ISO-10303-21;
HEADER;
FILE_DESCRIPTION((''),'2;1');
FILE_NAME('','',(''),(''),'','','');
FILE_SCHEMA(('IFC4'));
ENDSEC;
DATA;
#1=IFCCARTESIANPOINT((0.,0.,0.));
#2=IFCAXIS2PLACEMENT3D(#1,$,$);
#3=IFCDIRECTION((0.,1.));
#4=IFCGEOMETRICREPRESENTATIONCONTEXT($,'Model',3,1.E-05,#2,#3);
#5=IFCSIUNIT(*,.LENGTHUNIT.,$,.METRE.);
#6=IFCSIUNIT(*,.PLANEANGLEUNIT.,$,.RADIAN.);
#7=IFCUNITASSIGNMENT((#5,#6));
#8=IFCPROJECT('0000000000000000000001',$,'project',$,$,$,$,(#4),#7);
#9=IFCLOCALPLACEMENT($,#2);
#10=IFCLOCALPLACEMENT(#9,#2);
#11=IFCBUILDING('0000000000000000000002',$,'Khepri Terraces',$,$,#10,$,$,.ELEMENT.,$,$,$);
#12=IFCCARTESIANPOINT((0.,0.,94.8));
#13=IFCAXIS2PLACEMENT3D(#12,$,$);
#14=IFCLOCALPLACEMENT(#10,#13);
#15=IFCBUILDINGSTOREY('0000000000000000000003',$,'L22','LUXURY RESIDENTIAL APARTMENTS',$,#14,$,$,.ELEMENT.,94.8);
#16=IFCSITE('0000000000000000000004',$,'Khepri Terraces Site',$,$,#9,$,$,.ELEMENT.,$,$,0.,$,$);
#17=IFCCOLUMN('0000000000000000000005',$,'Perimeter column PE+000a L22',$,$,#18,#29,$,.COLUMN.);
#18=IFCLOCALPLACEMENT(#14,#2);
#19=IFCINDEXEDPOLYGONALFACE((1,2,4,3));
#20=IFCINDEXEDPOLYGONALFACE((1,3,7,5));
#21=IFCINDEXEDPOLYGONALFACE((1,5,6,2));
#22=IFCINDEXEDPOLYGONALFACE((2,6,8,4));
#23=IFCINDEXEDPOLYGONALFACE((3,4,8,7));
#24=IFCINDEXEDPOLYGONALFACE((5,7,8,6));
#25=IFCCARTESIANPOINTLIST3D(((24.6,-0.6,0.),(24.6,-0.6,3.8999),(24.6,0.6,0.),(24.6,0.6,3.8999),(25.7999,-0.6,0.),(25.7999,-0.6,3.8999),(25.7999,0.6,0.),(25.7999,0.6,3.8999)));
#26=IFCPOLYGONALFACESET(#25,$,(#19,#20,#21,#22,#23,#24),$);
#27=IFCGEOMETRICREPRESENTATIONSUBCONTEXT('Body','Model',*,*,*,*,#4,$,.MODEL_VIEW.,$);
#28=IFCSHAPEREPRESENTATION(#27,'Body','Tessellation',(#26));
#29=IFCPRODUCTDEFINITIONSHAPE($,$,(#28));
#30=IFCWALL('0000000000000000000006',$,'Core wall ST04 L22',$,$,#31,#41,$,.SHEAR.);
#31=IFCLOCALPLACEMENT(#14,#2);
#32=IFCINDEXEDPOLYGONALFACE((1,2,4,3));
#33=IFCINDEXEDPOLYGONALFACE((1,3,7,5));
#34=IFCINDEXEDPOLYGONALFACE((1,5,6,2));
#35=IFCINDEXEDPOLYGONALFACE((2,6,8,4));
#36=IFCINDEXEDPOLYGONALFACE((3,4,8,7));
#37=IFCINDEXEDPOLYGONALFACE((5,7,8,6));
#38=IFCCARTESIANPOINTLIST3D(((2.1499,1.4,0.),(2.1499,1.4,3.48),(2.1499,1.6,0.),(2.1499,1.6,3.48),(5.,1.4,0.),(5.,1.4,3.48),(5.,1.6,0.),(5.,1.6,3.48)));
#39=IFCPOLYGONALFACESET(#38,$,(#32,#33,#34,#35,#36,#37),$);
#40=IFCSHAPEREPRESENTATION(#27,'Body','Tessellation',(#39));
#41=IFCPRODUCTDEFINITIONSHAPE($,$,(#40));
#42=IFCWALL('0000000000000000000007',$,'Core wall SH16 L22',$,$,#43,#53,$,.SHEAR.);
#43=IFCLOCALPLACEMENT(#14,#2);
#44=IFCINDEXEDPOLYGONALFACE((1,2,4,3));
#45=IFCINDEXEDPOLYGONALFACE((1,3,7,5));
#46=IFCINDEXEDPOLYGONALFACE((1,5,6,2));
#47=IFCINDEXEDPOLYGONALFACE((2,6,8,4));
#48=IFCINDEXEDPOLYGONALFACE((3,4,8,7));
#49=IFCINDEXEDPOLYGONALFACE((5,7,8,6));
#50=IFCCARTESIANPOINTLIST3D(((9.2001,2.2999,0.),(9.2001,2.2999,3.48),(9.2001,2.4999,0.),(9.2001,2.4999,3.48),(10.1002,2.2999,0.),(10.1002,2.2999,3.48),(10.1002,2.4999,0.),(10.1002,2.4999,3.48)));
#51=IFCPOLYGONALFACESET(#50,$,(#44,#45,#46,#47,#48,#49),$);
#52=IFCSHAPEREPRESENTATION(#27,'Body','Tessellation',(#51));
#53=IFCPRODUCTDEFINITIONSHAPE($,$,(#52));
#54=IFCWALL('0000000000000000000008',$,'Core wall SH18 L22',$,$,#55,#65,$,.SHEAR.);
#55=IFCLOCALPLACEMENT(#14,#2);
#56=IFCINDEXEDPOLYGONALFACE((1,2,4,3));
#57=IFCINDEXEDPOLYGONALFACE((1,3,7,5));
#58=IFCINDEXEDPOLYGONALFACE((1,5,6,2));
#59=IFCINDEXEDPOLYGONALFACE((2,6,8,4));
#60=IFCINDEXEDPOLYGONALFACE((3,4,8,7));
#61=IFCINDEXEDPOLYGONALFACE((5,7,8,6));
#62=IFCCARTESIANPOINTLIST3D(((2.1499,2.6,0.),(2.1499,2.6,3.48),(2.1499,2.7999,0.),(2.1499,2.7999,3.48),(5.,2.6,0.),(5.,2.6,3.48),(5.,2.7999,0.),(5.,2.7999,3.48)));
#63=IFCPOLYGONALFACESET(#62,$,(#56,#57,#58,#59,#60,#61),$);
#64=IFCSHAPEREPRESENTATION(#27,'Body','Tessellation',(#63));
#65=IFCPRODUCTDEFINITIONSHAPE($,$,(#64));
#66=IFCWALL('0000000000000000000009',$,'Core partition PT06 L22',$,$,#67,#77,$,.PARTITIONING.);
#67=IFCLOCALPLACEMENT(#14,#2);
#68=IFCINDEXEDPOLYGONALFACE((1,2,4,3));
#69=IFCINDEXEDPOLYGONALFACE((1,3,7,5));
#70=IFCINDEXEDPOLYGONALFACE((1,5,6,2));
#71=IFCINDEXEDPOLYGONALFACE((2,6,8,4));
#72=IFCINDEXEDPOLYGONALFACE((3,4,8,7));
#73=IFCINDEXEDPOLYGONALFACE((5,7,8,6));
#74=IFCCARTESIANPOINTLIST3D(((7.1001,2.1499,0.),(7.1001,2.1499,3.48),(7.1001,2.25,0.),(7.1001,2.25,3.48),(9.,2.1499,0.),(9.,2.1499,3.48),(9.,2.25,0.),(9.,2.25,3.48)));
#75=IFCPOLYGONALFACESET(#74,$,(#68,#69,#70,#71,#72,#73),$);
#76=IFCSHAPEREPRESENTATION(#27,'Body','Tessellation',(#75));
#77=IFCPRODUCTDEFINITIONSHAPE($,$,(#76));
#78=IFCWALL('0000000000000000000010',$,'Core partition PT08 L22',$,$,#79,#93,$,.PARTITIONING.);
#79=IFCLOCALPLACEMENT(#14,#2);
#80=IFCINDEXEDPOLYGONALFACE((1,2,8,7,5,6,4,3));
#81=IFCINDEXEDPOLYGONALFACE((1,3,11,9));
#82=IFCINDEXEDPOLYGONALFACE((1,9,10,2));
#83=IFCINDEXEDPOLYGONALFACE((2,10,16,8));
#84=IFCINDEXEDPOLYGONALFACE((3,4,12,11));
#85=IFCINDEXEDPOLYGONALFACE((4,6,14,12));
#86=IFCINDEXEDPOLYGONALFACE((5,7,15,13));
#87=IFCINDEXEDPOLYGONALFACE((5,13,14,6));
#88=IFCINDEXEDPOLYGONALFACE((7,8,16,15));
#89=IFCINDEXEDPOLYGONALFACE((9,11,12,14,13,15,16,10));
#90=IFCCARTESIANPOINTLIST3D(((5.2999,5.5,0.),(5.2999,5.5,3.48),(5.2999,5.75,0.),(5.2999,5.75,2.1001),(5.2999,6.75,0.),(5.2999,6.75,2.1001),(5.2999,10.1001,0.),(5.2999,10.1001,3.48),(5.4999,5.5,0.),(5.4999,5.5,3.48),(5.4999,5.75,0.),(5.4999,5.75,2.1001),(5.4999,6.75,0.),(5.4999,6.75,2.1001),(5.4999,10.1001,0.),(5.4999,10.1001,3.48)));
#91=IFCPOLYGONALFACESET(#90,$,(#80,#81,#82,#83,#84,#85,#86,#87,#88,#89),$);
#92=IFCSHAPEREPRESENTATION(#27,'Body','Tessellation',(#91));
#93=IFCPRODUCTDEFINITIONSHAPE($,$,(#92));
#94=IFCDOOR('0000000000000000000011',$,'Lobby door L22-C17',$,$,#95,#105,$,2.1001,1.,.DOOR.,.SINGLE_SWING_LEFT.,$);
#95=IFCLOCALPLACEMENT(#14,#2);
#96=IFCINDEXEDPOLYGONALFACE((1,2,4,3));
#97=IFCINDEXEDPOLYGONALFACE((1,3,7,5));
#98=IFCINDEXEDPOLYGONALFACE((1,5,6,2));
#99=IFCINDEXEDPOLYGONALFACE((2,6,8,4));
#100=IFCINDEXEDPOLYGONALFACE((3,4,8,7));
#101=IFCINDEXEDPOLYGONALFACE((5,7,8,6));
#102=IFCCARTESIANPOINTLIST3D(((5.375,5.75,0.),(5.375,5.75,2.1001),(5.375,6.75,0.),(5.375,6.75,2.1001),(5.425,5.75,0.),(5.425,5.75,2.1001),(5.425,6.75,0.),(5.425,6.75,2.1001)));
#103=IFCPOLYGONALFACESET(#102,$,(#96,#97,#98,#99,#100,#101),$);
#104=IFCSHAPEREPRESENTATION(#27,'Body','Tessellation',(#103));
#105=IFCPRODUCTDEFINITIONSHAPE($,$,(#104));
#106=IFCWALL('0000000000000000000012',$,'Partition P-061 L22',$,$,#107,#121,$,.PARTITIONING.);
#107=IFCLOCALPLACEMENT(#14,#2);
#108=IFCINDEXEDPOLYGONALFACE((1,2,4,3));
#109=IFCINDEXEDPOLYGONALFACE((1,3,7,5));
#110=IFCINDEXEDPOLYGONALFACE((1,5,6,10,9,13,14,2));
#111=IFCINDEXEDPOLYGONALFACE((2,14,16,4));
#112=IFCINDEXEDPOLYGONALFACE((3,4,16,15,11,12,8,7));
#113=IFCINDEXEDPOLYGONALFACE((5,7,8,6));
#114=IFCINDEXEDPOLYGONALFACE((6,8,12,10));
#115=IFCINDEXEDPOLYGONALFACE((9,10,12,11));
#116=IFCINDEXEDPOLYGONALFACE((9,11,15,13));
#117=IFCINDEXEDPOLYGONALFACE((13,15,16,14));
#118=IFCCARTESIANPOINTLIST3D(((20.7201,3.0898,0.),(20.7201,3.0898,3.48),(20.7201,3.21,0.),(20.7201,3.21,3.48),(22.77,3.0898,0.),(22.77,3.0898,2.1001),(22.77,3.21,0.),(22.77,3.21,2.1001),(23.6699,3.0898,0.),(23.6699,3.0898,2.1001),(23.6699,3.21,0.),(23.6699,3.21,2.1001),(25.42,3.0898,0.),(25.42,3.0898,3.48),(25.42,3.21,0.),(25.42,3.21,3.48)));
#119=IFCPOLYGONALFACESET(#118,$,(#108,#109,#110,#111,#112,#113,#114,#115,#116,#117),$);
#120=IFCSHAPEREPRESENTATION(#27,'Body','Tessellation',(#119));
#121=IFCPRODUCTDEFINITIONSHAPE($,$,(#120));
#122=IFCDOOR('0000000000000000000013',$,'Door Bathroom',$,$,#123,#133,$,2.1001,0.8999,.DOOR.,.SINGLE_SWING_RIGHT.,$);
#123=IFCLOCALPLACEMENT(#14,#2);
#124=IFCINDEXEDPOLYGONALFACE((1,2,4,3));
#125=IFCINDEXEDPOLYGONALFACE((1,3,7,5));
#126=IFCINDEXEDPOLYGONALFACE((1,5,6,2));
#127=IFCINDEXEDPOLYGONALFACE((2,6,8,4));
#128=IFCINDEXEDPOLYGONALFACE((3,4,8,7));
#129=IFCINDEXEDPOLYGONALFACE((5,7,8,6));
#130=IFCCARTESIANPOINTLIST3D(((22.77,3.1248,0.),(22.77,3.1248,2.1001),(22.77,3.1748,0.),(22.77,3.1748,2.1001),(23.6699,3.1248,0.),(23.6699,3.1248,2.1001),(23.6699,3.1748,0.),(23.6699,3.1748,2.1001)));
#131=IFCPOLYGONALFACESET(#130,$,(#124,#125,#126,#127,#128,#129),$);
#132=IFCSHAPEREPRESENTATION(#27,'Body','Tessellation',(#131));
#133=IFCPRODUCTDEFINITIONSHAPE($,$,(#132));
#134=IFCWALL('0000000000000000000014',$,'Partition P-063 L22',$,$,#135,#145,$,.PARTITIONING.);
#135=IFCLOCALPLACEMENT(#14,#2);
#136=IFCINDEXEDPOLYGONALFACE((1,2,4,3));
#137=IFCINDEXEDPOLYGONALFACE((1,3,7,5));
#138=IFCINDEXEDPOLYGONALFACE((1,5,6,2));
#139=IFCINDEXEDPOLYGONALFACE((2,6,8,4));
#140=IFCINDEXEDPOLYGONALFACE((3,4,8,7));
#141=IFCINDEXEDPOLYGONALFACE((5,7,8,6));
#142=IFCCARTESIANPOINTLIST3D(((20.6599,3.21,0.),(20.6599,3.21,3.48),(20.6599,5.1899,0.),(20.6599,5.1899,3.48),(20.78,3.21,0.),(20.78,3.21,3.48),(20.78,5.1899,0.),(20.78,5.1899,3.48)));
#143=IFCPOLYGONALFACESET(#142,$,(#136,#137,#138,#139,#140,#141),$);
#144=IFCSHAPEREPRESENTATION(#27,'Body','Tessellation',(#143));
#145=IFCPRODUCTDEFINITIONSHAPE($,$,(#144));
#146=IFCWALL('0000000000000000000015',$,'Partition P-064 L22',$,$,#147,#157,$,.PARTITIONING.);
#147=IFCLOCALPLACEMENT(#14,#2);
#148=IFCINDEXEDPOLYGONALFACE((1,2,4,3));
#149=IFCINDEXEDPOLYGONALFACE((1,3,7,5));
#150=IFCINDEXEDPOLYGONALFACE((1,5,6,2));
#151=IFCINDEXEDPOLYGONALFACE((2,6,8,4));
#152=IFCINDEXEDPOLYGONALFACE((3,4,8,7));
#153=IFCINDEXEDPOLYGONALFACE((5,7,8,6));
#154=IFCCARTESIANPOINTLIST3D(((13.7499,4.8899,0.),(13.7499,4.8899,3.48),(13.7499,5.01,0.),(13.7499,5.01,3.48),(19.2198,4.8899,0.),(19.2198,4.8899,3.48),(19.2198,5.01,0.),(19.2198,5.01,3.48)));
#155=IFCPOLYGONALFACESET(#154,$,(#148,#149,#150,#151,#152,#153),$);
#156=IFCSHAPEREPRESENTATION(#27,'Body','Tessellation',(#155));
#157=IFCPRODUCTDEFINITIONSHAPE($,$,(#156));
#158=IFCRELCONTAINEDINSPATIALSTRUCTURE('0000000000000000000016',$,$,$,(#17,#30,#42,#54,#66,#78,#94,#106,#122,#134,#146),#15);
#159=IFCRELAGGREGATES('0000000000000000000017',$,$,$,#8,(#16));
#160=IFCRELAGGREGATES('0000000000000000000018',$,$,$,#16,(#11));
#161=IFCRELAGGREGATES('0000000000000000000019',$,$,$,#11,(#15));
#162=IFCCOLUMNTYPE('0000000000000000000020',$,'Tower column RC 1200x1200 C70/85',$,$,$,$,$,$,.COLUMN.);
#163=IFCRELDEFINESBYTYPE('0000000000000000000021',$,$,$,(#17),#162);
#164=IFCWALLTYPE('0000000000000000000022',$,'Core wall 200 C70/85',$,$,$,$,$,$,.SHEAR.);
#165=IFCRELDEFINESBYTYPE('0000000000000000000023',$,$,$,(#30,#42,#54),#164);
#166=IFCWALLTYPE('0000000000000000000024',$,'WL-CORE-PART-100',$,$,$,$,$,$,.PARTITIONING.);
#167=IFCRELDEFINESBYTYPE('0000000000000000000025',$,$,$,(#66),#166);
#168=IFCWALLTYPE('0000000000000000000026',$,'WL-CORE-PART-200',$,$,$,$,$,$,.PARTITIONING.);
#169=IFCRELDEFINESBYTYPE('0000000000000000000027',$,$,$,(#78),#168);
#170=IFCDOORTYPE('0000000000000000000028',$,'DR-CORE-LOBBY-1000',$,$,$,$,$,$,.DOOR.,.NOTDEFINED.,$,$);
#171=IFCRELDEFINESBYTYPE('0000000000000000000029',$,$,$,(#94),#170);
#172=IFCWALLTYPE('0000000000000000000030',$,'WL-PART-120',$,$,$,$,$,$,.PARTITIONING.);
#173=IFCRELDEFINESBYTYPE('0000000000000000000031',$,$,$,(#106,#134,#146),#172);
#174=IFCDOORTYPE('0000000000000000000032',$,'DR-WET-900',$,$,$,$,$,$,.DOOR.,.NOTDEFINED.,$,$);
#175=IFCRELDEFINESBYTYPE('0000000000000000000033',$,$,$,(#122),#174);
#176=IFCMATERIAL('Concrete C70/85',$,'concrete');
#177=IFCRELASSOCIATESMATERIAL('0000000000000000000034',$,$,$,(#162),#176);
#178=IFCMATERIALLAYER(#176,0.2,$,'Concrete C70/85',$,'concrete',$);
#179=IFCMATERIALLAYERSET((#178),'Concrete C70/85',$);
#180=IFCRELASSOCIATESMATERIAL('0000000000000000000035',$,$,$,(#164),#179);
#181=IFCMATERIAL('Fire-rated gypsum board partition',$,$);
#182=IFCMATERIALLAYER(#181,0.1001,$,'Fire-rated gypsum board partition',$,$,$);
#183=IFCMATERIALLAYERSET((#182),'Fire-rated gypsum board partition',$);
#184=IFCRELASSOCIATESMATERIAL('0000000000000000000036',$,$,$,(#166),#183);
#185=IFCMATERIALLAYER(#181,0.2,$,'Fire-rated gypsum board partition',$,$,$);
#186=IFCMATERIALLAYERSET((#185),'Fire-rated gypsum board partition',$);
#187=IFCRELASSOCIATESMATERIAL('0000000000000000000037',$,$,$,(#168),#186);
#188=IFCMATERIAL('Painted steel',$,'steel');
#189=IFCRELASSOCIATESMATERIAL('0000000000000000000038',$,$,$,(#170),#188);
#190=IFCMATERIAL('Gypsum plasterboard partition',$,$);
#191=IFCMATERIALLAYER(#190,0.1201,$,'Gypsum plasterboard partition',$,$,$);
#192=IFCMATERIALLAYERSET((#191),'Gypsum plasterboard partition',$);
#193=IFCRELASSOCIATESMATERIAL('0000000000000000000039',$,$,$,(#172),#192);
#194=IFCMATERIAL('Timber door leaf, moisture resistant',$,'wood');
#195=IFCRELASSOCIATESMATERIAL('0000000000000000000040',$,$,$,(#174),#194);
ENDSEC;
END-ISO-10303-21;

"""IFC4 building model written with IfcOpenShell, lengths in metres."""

from ifc_helpers import new_model, si_unit, direction, frame, frame_2d, origin, origin_2d, place, context, subcontext, project, spatial, rectangle, extrude, material, layer, layer_set, material_profile, profile_set, type_object, element, fill, save


model = new_model("IFC4")

# Units and contexts
model_context = context("Model", 3, precision=1e-05, world=origin(), true_north=direction((0.0, 1.0)))
body_context = subcontext(model_context, "Body", "Model", "MODEL_VIEW")
ifc_project = project(units=[si_unit("LENGTHUNIT", "METRE"), si_unit("PLANEANGLEUNIT", "RADIAN")], contexts=[model_context])

# Site, building, storey
site_placement = place(None, origin())
site = spatial("IfcSite", under=ifc_project, at=site_placement, Name="Khepri Terraces Site", CompositionType="ELEMENT", RefElevation=0.0)
building_placement = place(site_placement, origin())
building = spatial("IfcBuilding", under=site, at=building_placement, Name="Khepri Terraces", CompositionType="ELEMENT")
storey_placement = place(building_placement, frame((0.0, 0.0, 94.8)))
storey = spatial("IfcBuildingStorey", under=building, at=storey_placement, Name="L22", Description="LUXURY RESIDENTIAL APARTMENTS", CompositionType="ELEMENT", Elevation=94.8)

# Column
ifc_material_1 = material(Name="Concrete C70/85", Category="concrete")
ifc_material_profile = material_profile(ifc_material_1, rectangle(XDim=1.2, YDim=1.2, at=origin_2d()), Name="Concrete C70/85", Category="concrete")
ifc_profile_set = profile_set([ifc_material_profile], Name="Concrete C70/85")
column_type = type_object("IfcColumnType", Name="Tower column RC 1200x1200 C70/85", PredefinedType="COLUMN", material=ifc_profile_set)
column_placement = place(storey_placement, frame((25.2, 0.0, 0.0), z_axis=(0.0, 0.0, 1.0), x_axis=(1.0, 0.0, 0.0)))
element("IfcColumn", 1, at=column_placement, inside=storey, type_object=column_type, Name="Perimeter column PE+000a L22", PredefinedType="COLUMN", context=body_context, shape_type="SweptSolid", body=[
    extrude(rectangle(XDim=1.2, YDim=1.2, at=origin_2d()), origin(), (0.0, 0.0, 1.0), 3.8999),
])

# Walls
ifc_layer_1 = layer(ifc_material_1, 0.2, Name="Concrete C70/85", Category="concrete")
ifc_layer_set_1 = layer_set([ifc_layer_1], Name="Concrete C70/85")
wall_type_1 = type_object("IfcWallType", Name="Core wall 200 C70/85", PredefinedType="SHEAR", material=ifc_layer_set_1)
wall_1_placement = place(storey_placement, frame((2.1499, 1.5, 0.0), z_axis=(0.0, 0.0, 1.0), x_axis=(1.0, 0.0, 0.0)))
element("IfcWall", 2, at=wall_1_placement, inside=storey, type_object=wall_type_1, Name="Core wall ST04 L22", PredefinedType="SHEAR", context=body_context, shape_type="SweptSolid", body=[
    extrude(rectangle(XDim=2.8501, YDim=0.2, at=frame_2d((1.425, 0.0))), origin(), (0.0, 0.0, 1.0), 3.48),
])
wall_2_placement = place(storey_placement, frame((9.2, 2.3999, 0.0), z_axis=(0.0, 0.0, 1.0), x_axis=(1.0, 0.0, 0.0)))
element("IfcWall", 3, at=wall_2_placement, inside=storey, type_object=wall_type_1, Name="Core wall SH16 L22", PredefinedType="SHEAR", context=body_context, shape_type="SweptSolid", body=[
    extrude(rectangle(XDim=0.9001, YDim=0.2, at=frame_2d((0.4502, 0.0))), origin(), (0.0, 0.0, 1.0), 3.48),
])
wall_3_placement = place(storey_placement, frame((2.1499, 2.7, 0.0), z_axis=(0.0, 0.0, 1.0), x_axis=(1.0, 0.0, 0.0)))
element("IfcWall", 4, at=wall_3_placement, inside=storey, type_object=wall_type_1, Name="Core wall SH18 L22", PredefinedType="SHEAR", context=body_context, shape_type="SweptSolid", body=[
    extrude(rectangle(XDim=2.8501, YDim=0.2, at=frame_2d((1.425, 0.0))), origin(), (0.0, 0.0, 1.0), 3.48),
])
ifc_material_2 = material(Name="Fire-rated gypsum board partition")
ifc_layer_2 = layer(ifc_material_2, 0.1001, Name="Fire-rated gypsum board partition")
ifc_layer_set_2 = layer_set([ifc_layer_2], Name="Fire-rated gypsum board partition")
wall_type_2 = type_object("IfcWallType", Name="WL-CORE-PART-100", PredefinedType="PARTITIONING", material=ifc_layer_set_2)
wall_4_placement = place(storey_placement, frame((7.1001, 2.2, 0.0), z_axis=(0.0, 0.0, 1.0), x_axis=(1.0, 0.0, 0.0)))
element("IfcWall", 5, at=wall_4_placement, inside=storey, type_object=wall_type_2, Name="Core partition PT06 L22", PredefinedType="PARTITIONING", context=body_context, shape_type="SweptSolid", body=[
    extrude(rectangle(XDim=1.8999, YDim=0.1001, at=frame_2d((0.95, 0.0))), origin(), (0.0, 0.0, 1.0), 3.48),
])

# Wall, opening, door
ifc_layer_3 = layer(ifc_material_2, 0.2, Name="Fire-rated gypsum board partition")
ifc_layer_set_3 = layer_set([ifc_layer_3], Name="Fire-rated gypsum board partition")
wall_type_3 = type_object("IfcWallType", Name="WL-CORE-PART-200", PredefinedType="PARTITIONING", material=ifc_layer_set_3)
wall_5_placement = place(storey_placement, frame((5.3999, 5.5, 0.0), z_axis=(0.0, 0.0, 1.0), x_axis=(0.0, 1.0, 0.0)))
wall_5 = element("IfcWall", 6, at=wall_5_placement, inside=storey, type_object=wall_type_3, Name="Core partition PT08 L22", PredefinedType="PARTITIONING", context=body_context, shape_type="SweptSolid", body=[
    extrude(rectangle(XDim=4.6001, YDim=0.2, at=frame_2d((2.3, 0.0))), origin(), (0.0, 0.0, 1.0), 3.48),
])
opening_1_placement = place(wall_5_placement, frame((0.25, 0.0, 0.0)))
opening_1 = element("IfcOpeningElement", 7, at=opening_1_placement, cuts=wall_5, PredefinedType="OPENING", context=body_context, shape_type="SweptSolid", body=[
    extrude(rectangle(XDim=1.0, YDim=2.1001, at=frame_2d((0.5, 1.05))), frame((0.0, 0.1099, 0.0), z_axis=(0.0, -1.0, 0.0), x_axis=(1.0, 0.0, 0.0)), (0.0, 0.0, 1.0), 0.22),
])
ifc_material_3 = material(Name="Painted steel", Category="steel")
door_type_1 = type_object("IfcDoorType", Name="DR-CORE-LOBBY-1000", OperationType="NOTDEFINED", PredefinedType="DOOR", material=ifc_material_3)
door_1_placement = place(opening_1_placement, origin())
door_1 = element("IfcDoor", 8, at=door_1_placement, inside=storey, type_object=door_type_1, Name="Lobby door L22-C17", OperationType="SINGLE_SWING_LEFT", OverallHeight=2.1001, OverallWidth=1.0, PredefinedType="DOOR", context=body_context, shape_type="SweptSolid", body=[
    extrude(rectangle(XDim=1.0, YDim=2.1001, at=frame_2d((0.5, 1.05))), frame((0.0, 0.0249, 0.0), z_axis=(0.0, -1.0, 0.0), x_axis=(1.0, 0.0, 0.0)), (0.0, 0.0, 1.0), 0.05),
])
fill(opening_1, door_1)

# Wall, opening, door
ifc_material_4 = material(Name="Gypsum plasterboard partition")
ifc_layer_4 = layer(ifc_material_4, 0.1201, Name="Gypsum plasterboard partition")
ifc_layer_set_4 = layer_set([ifc_layer_4], Name="Gypsum plasterboard partition")
wall_type_4 = type_object("IfcWallType", Name="WL-PART-120", PredefinedType="PARTITIONING", material=ifc_layer_set_4)
wall_6_placement = place(storey_placement, frame((20.72, 3.1499, 0.0), z_axis=(0.0, 0.0, 1.0), x_axis=(1.0, 0.0, 0.0)))
wall_6 = element("IfcWall", 9, at=wall_6_placement, inside=storey, type_object=wall_type_4, Name="Partition P-061 L22", PredefinedType="PARTITIONING", context=body_context, shape_type="SweptSolid", body=[
    extrude(rectangle(XDim=4.7, YDim=0.1201, at=frame_2d((2.3501, 0.0))), origin(), (0.0, 0.0, 1.0), 3.48),
])
opening_2_placement = place(wall_6_placement, frame((2.05, 0.0, 0.0)))
opening_2 = element("IfcOpeningElement", 10, at=opening_2_placement, cuts=wall_6, PredefinedType="OPENING", context=body_context, shape_type="SweptSolid", body=[
    extrude(rectangle(XDim=0.8999, YDim=2.1001, at=frame_2d((0.45, 1.05))), frame((0.0, 0.0701, 0.0), z_axis=(0.0, -1.0, 0.0), x_axis=(1.0, 0.0, 0.0)), (0.0, 0.0, 1.0), 0.1401),
])
ifc_material_5 = material(Name="Timber door leaf, moisture resistant", Category="wood")
door_type_2 = type_object("IfcDoorType", Name="DR-WET-900", OperationType="NOTDEFINED", PredefinedType="DOOR", material=ifc_material_5)
door_2_placement = place(opening_2_placement, origin())
door_2 = element("IfcDoor", 11, at=door_2_placement, inside=storey, type_object=door_type_2, Name="Door Bathroom", OperationType="SINGLE_SWING_RIGHT", OverallHeight=2.1001, OverallWidth=0.8999, PredefinedType="DOOR", context=body_context, shape_type="SweptSolid", body=[
    extrude(rectangle(XDim=0.8999, YDim=2.1001, at=frame_2d((0.45, 1.05))), frame((0.0, 0.0249, 0.0), z_axis=(0.0, -1.0, 0.0), x_axis=(1.0, 0.0, 0.0)), (0.0, 0.0, 1.0), 0.05),
])
fill(opening_2, door_2)

# Walls
wall_7_placement = place(storey_placement, frame((20.72, 3.21, 0.0), z_axis=(0.0, 0.0, 1.0), x_axis=(0.0, 1.0, 0.0)))
element("IfcWall", 12, at=wall_7_placement, inside=storey, type_object=wall_type_4, Name="Partition P-063 L22", PredefinedType="PARTITIONING", context=body_context, shape_type="SweptSolid", body=[
    extrude(rectangle(XDim=1.98, YDim=0.1201, at=frame_2d((0.99, 0.0))), origin(), (0.0, 0.0, 1.0), 3.48),
])
wall_8_placement = place(storey_placement, frame((13.75, 4.95, 0.0), z_axis=(0.0, 0.0, 1.0), x_axis=(1.0, 0.0, 0.0)))
element("IfcWall", 13, at=wall_8_placement, inside=storey, type_object=wall_type_4, Name="Partition P-064 L22", PredefinedType="PARTITIONING", context=body_context, shape_type="SweptSolid", body=[
    extrude(rectangle(XDim=5.47, YDim=0.1201, at=frame_2d((2.7349, 0.0))), origin(), (0.0, 0.0, 1.0), 3.48),
])

save(model, "model.ifc")
